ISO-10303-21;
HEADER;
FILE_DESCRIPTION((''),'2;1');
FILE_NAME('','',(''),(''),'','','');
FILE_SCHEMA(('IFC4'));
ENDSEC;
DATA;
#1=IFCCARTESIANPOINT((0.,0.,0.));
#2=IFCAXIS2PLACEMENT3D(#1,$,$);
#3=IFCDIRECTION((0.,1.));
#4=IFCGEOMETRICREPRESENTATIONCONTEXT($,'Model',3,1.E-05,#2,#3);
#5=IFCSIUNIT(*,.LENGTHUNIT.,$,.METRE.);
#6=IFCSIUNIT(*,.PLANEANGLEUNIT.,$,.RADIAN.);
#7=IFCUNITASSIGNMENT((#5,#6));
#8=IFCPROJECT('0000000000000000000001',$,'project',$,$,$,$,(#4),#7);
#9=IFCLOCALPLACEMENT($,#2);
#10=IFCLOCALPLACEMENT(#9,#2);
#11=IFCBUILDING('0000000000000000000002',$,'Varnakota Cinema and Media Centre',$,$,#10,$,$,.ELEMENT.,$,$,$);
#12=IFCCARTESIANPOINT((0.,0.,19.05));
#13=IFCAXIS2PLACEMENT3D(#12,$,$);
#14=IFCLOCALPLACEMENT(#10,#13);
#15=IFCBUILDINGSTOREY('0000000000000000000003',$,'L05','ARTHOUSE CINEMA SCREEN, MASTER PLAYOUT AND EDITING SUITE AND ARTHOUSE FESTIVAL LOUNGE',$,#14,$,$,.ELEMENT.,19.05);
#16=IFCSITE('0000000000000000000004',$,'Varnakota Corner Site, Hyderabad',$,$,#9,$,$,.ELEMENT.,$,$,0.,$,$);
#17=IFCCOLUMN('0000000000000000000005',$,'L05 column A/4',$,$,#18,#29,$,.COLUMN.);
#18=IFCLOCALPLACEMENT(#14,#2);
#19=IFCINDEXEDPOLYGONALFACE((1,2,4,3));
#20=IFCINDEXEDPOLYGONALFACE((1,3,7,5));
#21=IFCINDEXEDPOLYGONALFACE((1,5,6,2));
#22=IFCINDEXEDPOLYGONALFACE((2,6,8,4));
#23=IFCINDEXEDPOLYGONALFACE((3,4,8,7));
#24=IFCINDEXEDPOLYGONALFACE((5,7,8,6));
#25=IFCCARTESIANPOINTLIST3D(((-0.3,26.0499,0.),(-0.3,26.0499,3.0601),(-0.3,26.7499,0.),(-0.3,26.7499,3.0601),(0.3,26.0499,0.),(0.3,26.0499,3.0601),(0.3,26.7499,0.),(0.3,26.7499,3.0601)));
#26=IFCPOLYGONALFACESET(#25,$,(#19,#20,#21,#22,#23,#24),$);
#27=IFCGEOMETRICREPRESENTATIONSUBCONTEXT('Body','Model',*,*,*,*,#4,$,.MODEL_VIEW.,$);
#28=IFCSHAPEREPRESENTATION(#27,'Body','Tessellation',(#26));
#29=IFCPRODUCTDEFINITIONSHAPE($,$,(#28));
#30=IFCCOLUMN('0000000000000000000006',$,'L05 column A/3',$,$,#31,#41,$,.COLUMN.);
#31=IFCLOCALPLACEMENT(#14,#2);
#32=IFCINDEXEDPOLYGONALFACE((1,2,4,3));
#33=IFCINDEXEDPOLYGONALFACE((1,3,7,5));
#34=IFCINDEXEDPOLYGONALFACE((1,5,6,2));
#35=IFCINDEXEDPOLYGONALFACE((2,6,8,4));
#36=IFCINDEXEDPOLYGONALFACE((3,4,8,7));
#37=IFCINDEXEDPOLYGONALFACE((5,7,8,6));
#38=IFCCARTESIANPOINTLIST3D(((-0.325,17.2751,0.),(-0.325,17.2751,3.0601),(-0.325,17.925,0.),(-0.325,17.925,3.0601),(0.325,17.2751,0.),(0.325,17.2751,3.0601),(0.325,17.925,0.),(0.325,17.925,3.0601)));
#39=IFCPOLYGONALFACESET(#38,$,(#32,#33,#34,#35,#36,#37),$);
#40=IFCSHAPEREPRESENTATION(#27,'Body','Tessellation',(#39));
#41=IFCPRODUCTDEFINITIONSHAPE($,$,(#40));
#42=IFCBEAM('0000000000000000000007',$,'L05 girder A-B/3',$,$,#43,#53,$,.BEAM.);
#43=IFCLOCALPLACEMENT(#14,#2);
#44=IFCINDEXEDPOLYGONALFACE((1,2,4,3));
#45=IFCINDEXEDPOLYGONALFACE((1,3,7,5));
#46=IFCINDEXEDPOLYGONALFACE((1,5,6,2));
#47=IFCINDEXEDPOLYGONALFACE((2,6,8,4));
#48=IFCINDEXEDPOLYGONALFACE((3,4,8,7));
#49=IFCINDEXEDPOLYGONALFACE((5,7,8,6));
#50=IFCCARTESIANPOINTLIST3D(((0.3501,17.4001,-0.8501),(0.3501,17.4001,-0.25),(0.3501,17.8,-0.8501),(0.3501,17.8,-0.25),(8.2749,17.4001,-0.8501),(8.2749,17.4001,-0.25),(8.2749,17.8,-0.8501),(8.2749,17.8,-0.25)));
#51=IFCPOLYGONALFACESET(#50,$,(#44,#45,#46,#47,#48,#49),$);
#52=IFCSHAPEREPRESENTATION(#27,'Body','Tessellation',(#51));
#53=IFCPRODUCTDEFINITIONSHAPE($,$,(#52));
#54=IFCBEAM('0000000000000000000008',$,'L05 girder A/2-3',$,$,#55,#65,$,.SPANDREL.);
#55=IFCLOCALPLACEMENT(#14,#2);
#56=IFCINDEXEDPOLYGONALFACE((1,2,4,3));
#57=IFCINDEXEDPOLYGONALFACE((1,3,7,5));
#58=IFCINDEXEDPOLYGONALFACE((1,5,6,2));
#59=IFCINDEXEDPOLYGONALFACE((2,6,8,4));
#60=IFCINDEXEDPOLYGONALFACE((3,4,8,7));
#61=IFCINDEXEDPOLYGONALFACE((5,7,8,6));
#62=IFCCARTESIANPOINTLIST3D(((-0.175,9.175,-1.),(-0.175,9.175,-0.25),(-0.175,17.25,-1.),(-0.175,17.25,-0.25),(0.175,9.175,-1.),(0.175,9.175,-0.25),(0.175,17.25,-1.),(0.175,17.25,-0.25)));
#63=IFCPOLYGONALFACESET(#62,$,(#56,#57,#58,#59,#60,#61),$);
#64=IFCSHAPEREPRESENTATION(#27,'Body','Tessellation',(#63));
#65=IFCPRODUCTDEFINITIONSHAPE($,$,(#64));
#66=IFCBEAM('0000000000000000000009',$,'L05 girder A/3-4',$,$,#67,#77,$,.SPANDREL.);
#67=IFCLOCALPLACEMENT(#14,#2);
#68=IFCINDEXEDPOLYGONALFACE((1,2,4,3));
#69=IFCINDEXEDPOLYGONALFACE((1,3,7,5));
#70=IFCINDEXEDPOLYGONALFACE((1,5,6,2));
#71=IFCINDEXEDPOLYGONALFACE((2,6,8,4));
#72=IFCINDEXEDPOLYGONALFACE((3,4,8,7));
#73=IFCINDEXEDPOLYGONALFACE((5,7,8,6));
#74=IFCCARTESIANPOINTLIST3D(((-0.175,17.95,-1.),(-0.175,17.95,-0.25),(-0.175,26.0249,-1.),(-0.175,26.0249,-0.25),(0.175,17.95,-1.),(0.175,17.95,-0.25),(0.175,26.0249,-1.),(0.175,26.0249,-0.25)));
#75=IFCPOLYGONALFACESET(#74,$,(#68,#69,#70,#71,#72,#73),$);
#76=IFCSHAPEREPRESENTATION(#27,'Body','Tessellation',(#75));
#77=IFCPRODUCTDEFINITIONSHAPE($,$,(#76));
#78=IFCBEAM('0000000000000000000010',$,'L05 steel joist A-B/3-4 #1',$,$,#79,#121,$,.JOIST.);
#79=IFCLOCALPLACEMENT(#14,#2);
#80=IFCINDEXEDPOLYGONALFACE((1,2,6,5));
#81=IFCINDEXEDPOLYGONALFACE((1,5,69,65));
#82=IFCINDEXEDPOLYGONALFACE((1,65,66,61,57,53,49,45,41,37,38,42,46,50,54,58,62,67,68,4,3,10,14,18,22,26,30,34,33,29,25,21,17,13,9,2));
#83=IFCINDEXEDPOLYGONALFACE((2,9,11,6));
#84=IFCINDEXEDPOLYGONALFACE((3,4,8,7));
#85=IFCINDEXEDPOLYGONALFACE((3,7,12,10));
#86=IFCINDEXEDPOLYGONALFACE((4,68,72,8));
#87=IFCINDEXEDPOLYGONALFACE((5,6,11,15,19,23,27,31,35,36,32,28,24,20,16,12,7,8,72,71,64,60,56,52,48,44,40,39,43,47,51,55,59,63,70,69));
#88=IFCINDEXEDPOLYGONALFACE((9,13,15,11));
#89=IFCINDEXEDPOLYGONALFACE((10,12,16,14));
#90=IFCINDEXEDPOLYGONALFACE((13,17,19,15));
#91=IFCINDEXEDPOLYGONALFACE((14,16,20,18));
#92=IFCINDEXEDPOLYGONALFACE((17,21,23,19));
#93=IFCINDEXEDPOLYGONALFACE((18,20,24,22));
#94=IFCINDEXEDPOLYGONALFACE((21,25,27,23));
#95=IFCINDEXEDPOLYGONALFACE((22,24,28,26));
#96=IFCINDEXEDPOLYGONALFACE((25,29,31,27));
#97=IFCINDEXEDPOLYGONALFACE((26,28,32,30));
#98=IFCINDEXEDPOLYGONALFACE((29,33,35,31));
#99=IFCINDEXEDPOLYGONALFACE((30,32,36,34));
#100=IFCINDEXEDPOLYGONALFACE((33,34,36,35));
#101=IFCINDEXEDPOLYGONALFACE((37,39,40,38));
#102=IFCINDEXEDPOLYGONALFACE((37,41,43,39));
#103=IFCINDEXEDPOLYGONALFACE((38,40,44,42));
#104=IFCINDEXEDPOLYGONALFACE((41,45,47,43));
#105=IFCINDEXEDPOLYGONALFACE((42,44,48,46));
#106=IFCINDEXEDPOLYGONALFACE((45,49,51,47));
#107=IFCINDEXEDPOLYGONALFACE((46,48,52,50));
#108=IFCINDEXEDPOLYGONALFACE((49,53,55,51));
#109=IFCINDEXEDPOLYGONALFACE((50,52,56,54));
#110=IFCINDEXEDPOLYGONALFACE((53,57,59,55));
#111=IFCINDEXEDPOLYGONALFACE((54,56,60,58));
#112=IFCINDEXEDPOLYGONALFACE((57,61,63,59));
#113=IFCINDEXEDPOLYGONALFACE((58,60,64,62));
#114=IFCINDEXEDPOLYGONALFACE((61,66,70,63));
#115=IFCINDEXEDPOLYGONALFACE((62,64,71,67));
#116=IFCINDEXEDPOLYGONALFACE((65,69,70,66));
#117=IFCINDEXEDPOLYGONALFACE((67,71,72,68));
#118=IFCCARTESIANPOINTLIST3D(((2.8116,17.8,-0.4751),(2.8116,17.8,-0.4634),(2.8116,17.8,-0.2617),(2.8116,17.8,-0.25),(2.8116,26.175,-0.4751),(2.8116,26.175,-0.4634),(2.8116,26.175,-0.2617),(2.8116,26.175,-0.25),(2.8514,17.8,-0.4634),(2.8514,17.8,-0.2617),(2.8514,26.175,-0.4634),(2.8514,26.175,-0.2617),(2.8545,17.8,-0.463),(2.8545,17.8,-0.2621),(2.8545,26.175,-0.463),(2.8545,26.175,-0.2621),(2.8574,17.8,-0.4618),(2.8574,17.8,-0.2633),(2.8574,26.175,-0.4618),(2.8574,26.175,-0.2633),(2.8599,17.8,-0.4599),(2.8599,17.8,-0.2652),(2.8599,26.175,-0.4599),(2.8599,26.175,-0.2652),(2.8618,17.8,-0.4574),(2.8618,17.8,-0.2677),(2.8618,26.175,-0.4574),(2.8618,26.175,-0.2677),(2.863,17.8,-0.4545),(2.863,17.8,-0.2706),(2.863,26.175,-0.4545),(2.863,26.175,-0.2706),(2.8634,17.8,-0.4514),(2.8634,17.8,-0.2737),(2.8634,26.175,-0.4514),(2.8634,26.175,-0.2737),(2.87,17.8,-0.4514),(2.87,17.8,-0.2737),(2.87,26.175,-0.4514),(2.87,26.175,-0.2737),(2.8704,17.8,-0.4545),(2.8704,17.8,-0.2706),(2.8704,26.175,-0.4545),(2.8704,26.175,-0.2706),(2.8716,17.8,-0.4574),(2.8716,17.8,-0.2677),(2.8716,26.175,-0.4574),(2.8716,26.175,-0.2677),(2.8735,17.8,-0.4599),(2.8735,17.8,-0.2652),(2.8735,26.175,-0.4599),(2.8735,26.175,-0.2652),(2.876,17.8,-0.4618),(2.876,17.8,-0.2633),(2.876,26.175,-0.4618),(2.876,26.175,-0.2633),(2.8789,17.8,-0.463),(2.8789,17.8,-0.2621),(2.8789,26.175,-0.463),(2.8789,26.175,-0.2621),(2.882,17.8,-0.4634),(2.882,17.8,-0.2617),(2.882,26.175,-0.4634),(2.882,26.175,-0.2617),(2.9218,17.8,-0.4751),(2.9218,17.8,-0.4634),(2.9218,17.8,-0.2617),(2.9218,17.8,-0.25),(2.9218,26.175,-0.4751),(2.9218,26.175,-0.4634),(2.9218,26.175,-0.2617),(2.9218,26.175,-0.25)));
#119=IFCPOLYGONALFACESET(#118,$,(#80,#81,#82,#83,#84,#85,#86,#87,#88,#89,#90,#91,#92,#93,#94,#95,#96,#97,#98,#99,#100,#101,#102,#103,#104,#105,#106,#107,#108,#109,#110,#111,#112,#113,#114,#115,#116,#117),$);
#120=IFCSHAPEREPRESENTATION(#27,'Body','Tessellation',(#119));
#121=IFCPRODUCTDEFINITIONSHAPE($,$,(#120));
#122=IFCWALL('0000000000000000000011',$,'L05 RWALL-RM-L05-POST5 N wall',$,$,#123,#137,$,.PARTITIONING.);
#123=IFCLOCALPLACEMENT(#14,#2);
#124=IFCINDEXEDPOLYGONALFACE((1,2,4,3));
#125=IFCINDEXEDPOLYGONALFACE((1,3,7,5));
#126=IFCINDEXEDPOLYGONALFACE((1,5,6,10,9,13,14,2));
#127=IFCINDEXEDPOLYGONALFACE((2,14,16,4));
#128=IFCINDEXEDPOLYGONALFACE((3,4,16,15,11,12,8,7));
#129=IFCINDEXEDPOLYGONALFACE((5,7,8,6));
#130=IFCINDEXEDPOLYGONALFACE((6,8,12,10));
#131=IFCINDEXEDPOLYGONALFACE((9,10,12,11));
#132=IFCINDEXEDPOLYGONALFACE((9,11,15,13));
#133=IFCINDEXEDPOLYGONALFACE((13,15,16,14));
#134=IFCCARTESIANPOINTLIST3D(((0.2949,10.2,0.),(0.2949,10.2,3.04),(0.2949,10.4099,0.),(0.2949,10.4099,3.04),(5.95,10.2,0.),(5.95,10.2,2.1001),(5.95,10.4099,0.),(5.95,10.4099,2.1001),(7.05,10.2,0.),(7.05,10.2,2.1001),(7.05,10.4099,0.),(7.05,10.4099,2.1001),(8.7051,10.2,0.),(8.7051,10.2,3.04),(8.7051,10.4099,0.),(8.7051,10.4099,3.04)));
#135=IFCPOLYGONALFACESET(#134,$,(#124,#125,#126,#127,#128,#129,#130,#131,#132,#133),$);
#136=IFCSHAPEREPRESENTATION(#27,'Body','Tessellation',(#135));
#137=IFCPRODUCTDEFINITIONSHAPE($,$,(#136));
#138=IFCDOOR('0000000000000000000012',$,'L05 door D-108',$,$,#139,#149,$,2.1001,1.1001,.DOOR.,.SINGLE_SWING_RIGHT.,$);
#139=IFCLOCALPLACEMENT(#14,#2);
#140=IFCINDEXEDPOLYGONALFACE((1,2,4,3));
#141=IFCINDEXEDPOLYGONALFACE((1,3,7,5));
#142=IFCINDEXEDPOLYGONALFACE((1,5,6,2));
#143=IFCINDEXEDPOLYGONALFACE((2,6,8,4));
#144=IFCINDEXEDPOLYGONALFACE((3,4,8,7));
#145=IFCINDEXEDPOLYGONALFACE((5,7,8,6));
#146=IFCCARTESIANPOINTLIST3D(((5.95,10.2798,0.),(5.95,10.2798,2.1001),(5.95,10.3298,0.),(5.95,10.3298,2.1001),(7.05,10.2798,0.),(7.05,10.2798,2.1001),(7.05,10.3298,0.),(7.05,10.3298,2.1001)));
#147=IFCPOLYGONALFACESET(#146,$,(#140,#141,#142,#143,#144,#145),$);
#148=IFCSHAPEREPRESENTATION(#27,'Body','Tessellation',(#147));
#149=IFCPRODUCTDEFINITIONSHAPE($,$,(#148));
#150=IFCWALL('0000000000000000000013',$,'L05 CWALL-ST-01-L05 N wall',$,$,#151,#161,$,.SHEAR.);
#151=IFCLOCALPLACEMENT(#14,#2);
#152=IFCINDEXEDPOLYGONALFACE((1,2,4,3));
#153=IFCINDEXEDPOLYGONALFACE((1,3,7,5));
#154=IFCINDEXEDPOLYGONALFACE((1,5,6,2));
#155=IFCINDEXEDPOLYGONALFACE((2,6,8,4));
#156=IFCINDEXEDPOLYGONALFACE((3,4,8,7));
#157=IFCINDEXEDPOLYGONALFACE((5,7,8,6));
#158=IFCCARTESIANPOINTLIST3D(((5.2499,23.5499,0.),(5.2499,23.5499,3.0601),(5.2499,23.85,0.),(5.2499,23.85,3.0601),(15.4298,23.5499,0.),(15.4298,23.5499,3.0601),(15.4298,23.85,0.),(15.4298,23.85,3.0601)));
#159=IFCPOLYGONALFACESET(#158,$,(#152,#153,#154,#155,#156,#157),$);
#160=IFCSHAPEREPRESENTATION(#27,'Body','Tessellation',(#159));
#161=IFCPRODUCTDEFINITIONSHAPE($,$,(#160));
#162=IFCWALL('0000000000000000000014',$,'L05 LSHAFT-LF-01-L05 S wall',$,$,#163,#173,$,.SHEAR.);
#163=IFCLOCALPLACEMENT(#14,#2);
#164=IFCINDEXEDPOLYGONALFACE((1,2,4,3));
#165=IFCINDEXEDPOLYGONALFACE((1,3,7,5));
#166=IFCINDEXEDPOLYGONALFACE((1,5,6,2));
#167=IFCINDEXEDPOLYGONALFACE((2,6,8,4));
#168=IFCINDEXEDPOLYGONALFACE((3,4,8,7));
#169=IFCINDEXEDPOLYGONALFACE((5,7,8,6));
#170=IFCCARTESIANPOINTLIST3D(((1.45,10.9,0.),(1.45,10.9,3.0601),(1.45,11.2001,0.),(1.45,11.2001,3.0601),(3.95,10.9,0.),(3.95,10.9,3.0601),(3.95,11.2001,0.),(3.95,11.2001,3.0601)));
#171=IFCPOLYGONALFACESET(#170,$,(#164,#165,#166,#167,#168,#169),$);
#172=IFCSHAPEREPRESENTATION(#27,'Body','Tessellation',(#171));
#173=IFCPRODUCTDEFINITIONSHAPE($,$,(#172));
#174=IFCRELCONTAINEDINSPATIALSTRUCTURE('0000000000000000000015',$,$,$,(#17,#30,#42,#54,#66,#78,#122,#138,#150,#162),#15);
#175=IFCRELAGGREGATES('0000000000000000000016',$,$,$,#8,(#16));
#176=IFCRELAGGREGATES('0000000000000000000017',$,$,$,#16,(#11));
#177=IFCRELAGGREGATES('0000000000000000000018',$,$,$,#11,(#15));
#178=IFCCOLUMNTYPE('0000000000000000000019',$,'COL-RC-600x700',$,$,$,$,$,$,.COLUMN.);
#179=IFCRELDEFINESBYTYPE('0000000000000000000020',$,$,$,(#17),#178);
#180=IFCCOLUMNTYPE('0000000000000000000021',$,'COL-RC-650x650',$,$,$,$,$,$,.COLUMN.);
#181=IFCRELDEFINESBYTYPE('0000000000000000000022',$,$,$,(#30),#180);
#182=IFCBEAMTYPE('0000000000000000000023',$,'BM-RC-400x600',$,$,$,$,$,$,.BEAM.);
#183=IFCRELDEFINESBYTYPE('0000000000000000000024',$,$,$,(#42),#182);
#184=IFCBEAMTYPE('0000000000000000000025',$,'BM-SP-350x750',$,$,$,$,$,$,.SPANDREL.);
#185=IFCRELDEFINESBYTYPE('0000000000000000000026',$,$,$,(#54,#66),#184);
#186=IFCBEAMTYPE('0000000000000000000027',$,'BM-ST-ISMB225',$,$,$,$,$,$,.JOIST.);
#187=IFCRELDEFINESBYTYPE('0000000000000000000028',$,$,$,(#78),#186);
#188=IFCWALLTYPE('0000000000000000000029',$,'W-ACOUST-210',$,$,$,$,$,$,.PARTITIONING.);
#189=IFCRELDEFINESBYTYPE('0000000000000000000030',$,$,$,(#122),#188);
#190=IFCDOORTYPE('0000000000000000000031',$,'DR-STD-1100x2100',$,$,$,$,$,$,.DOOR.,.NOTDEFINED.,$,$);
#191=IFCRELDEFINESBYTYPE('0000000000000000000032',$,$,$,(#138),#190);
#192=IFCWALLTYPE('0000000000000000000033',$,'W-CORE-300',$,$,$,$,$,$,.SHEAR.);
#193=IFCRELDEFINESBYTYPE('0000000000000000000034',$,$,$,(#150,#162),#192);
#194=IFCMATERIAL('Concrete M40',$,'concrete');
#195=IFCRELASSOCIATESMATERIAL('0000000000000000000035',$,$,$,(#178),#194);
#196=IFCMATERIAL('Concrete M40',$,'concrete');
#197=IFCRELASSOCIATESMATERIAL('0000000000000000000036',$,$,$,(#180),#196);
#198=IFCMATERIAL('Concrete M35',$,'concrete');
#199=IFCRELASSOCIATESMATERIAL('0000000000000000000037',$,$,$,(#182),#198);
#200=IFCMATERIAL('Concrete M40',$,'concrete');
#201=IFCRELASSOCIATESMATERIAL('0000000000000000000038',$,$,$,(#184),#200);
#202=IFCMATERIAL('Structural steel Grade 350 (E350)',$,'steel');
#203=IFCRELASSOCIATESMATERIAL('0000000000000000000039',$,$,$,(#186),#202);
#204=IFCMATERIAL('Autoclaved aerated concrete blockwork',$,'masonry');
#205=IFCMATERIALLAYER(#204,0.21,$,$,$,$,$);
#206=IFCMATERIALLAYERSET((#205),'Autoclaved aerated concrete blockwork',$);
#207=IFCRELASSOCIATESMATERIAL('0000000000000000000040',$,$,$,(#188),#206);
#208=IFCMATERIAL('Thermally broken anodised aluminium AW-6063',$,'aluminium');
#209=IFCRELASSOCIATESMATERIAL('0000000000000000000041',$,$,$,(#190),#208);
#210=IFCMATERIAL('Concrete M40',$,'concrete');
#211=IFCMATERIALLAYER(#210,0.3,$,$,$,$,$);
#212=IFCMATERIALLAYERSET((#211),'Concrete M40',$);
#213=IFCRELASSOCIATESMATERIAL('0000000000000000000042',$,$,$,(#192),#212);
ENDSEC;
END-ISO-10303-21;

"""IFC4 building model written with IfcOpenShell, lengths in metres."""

from ifc_helpers import new_model, si_unit, direction, frame, frame_2d, origin, origin_2d, place, context, subcontext, project, spatial, rectangle, i_section, extrude, material, layer, layer_set, material_profile, profile_set, type_object, element, fill, save


model = new_model("IFC4")

# Units and contexts
model_context = context("Model", 3, precision=1e-05, world=origin(), true_north=direction((0.0, 1.0)))
body_context = subcontext(model_context, "Body", "Model", "MODEL_VIEW")
ifc_project = project(units=[si_unit("LENGTHUNIT", "METRE"), si_unit("PLANEANGLEUNIT", "RADIAN")], contexts=[model_context])

# Site, building, storey
site_placement = place(None, origin())
site = spatial("IfcSite", under=ifc_project, at=site_placement, Name="Varnakota Corner Site, Hyderabad", CompositionType="ELEMENT", RefElevation=0.0)
building_placement = place(site_placement, origin())
building = spatial("IfcBuilding", under=site, at=building_placement, Name="Varnakota Cinema and Media Centre", CompositionType="ELEMENT")
storey_placement = place(building_placement, frame((0.0, 0.0, 19.05)))
storey = spatial("IfcBuildingStorey", under=building, at=storey_placement, Name="L05", Description="ARTHOUSE CINEMA SCREEN, MASTER PLAYOUT AND EDITING SUITE AND ARTHOUSE FESTIVAL LOUNGE", CompositionType="ELEMENT", Elevation=19.05)

# Columns
ifc_material_1 = material(Name="Concrete M40", Category="concrete")
ifc_material_profile_1 = material_profile(ifc_material_1, rectangle(XDim=0.6001, YDim=0.7, at=origin_2d()), Name="RC 600x700")
ifc_profile_set_1 = profile_set([ifc_material_profile_1], Name="Concrete M40")
column_type_1 = type_object("IfcColumnType", Name="COL-RC-600x700", PredefinedType="COLUMN", material=ifc_profile_set_1)
column_1_placement = place(storey_placement, frame((0.0, 26.3999, 0.0), z_axis=(0.0, 0.0, 1.0), x_axis=(1.0, 0.0, 0.0)))
element("IfcColumn", 1, at=column_1_placement, inside=storey, type_object=column_type_1, Name="L05 column A/4", PredefinedType="COLUMN", context=body_context, shape_type="SweptSolid", body=[
    extrude(rectangle(XDim=0.6001, YDim=0.7, at=origin_2d()), origin(), (0.0, 0.0, 1.0), 3.0601),
])
ifc_material_2 = material(Name="Concrete M40", Category="concrete")
ifc_material_profile_2 = material_profile(ifc_material_2, rectangle(XDim=0.6499, YDim=0.6499, at=origin_2d()), Name="RC 650x650")
ifc_profile_set_2 = profile_set([ifc_material_profile_2], Name="Concrete M40")
column_type_2 = type_object("IfcColumnType", Name="COL-RC-650x650", PredefinedType="COLUMN", material=ifc_profile_set_2)
column_2_placement = place(storey_placement, frame((0.0, 17.6001, 0.0), z_axis=(0.0, 0.0, 1.0), x_axis=(1.0, 0.0, 0.0)))
element("IfcColumn", 2, at=column_2_placement, inside=storey, type_object=column_type_2, Name="L05 column A/3", PredefinedType="COLUMN", context=body_context, shape_type="SweptSolid", body=[
    extrude(rectangle(XDim=0.6499, YDim=0.6499, at=origin_2d()), origin(), (0.0, 0.0, 1.0), 3.0601),
])

# Beams
ifc_material_3 = material(Name="Concrete M35", Category="concrete")
ifc_material_profile_3 = material_profile(ifc_material_3, rectangle(XDim=0.3999, YDim=0.6001, at=origin_2d()), Name="RCB 400x600")
ifc_profile_set_3 = profile_set([ifc_material_profile_3], Name="Concrete M35")
beam_type_1 = type_object("IfcBeamType", Name="BM-RC-400x600", PredefinedType="BEAM", material=ifc_profile_set_3)
beam_1_placement = place(storey_placement, frame((0.3501, 17.6001, -0.55), z_axis=(1.0, 0.0, 0.0), x_axis=(0.0, 1.0, 0.0)))
element("IfcBeam", 3, at=beam_1_placement, inside=storey, type_object=beam_type_1, Name="L05 girder A-B/3", PredefinedType="BEAM", context=body_context, shape_type="SweptSolid", body=[
    extrude(rectangle(XDim=0.3999, YDim=0.6001, at=origin_2d()), origin(), (0.0, 0.0, 1.0), 7.9248),
])
ifc_material_4 = material(Name="Concrete M40", Category="concrete")
ifc_material_profile_4 = material_profile(ifc_material_4, rectangle(XDim=0.3501, YDim=0.75, at=origin_2d()), Name="RCB 350x750")
ifc_profile_set_4 = profile_set([ifc_material_profile_4], Name="Concrete M40")
beam_type_2 = type_object("IfcBeamType", Name="BM-SP-350x750", PredefinedType="SPANDREL", material=ifc_profile_set_4)
for number, where, z_axis, x_axis, name in (
    (4, (0.0, 9.175, -0.625), (0.0, 1.0, 0.0), (-1.0, 0.0, 0.0), "L05 girder A/2-3"),
    (5, (0.0, 17.95, -0.625), (0.0, 1.0, 0.0), (-1.0, 0.0, 0.0), "L05 girder A/3-4"),
):
    element("IfcBeam", number, at=place(storey_placement, frame(where, z_axis=z_axis, x_axis=x_axis)), inside=storey, type_object=beam_type_2, Name=name, PredefinedType="SPANDREL", context=body_context, shape_type="SweptSolid", body=[
        extrude(rectangle(XDim=0.3501, YDim=0.75, at=origin_2d()), origin(), (0.0, 0.0, 1.0), 8.075),
    ])
ifc_material_5 = material(Name="Structural steel Grade 350 (E350)", Category="steel")
ifc_material_profile_5 = material_profile(ifc_material_5, i_section(OverallWidth=0.1101, OverallDepth=0.2251, WebThickness=0.0066, FlangeThickness=0.0117, FilletRadius=0.012, at=origin_2d()), Name="ISMB 225")
ifc_profile_set_5 = profile_set([ifc_material_profile_5], Name="Structural steel Grade 350 (E350)")
beam_type_3 = type_object("IfcBeamType", Name="BM-ST-ISMB225", PredefinedType="JOIST", material=ifc_profile_set_5)
beam_2_placement = place(storey_placement, frame((2.8667, 17.8, -0.3625), z_axis=(0.0, 1.0, 0.0), x_axis=(-1.0, 0.0, 0.0)))
element("IfcBeam", 6, at=beam_2_placement, inside=storey, type_object=beam_type_3, Name="L05 steel joist A-B/3-4 #1", PredefinedType="JOIST", context=body_context, shape_type="SweptSolid", body=[
    extrude(i_section(OverallWidth=0.1101, OverallDepth=0.2251, WebThickness=0.0066, FlangeThickness=0.0117, FilletRadius=0.012, at=origin_2d()), origin(), (0.0, 0.0, 1.0), 8.375),
])

# Wall, opening, door
ifc_material_6 = material(Name="Autoclaved aerated concrete blockwork", Category="masonry")
ifc_layer_1 = layer(ifc_material_6, 0.21)
ifc_layer_set_1 = layer_set([ifc_layer_1], Name="Autoclaved aerated concrete blockwork")
wall_type_1 = type_object("IfcWallType", Name="W-ACOUST-210", PredefinedType="PARTITIONING", material=ifc_layer_set_1)
wall_1_placement = place(storey_placement, frame((0.2949, 10.3049, 0.0), z_axis=(0.0, 0.0, 1.0), x_axis=(1.0, 0.0, 0.0)))
wall_1 = element("IfcWall", 7, at=wall_1_placement, inside=storey, type_object=wall_type_1, Name="L05 RWALL-RM-L05-POST5 N wall", PredefinedType="PARTITIONING", context=body_context, shape_type="SweptSolid", body=[
    extrude(rectangle(XDim=8.4102, YDim=0.21, at=frame_2d((4.2051, 0.0))), origin(), (0.0, 0.0, 1.0), 3.04),
])
opening_1_placement = place(wall_1_placement, frame((5.655, 0.0, 0.0)))
opening_1 = element("IfcOpeningElement", 8, at=opening_1_placement, cuts=wall_1, PredefinedType="OPENING", context=body_context, shape_type="SweptSolid", body=[
    extrude(rectangle(XDim=1.1001, YDim=2.1001, at=frame_2d((0.55, 1.05))), frame((0.0, 0.105, 0.0), z_axis=(0.0, -1.0, 0.0), x_axis=(1.0, 0.0, 0.0)), (0.0, 0.0, 1.0), 0.21),
])
ifc_material_7 = material(Name="Thermally broken anodised aluminium AW-6063", Category="aluminium")
door_type_1 = type_object("IfcDoorType", Name="DR-STD-1100x2100", OperationType="NOTDEFINED", PredefinedType="DOOR", material=ifc_material_7)
door_1_placement = place(opening_1_placement, origin())
door_1 = element("IfcDoor", 9, at=door_1_placement, inside=storey, type_object=door_type_1, Name="L05 door D-108", OperationType="SINGLE_SWING_RIGHT", OverallHeight=2.1001, OverallWidth=1.1001, PredefinedType="DOOR", context=body_context, shape_type="SweptSolid", body=[
    extrude(rectangle(XDim=1.1001, YDim=2.1001, at=frame_2d((0.55, 1.05))), frame((0.0, 0.0249, 0.0), z_axis=(0.0, -1.0, 0.0), x_axis=(1.0, 0.0, 0.0)), (0.0, 0.0, 1.0), 0.05),
])
fill(opening_1, door_1)
ifc_material_8 = material(Name="Concrete M40", Category="concrete")
ifc_layer_2 = layer(ifc_material_8, 0.3)
ifc_layer_set_2 = layer_set([ifc_layer_2], Name="Concrete M40")
wall_type_2 = type_object("IfcWallType", Name="W-CORE-300", PredefinedType="SHEAR", material=ifc_layer_set_2)

# Walls
wall_2_placement = place(storey_placement, frame((5.25, 23.7, 0.0), z_axis=(0.0, 0.0, 1.0), x_axis=(1.0, 0.0, 0.0)))
element("IfcWall", 10, at=wall_2_placement, inside=storey, type_object=wall_type_2, Name="L05 CWALL-ST-01-L05 N wall", PredefinedType="SHEAR", context=body_context, shape_type="SweptSolid", body=[
    extrude(rectangle(XDim=10.1799, YDim=0.3, at=frame_2d((5.0898, 0.0))), origin(), (0.0, 0.0, 1.0), 3.0601),
])
wall_3_placement = place(storey_placement, frame((3.95, 11.05, 0.0), z_axis=(0.0, 0.0, 1.0), x_axis=(-1.0, 0.0, 0.0)))
element("IfcWall", 11, at=wall_3_placement, inside=storey, type_object=wall_type_2, Name="L05 LSHAFT-LF-01-L05 S wall", PredefinedType="SHEAR", context=body_context, shape_type="SweptSolid", body=[
    extrude(rectangle(XDim=2.5, YDim=0.3, at=frame_2d((1.25, 0.0))), origin(), (0.0, 0.0, 1.0), 3.0601),
])

save(model, "model.ifc")
